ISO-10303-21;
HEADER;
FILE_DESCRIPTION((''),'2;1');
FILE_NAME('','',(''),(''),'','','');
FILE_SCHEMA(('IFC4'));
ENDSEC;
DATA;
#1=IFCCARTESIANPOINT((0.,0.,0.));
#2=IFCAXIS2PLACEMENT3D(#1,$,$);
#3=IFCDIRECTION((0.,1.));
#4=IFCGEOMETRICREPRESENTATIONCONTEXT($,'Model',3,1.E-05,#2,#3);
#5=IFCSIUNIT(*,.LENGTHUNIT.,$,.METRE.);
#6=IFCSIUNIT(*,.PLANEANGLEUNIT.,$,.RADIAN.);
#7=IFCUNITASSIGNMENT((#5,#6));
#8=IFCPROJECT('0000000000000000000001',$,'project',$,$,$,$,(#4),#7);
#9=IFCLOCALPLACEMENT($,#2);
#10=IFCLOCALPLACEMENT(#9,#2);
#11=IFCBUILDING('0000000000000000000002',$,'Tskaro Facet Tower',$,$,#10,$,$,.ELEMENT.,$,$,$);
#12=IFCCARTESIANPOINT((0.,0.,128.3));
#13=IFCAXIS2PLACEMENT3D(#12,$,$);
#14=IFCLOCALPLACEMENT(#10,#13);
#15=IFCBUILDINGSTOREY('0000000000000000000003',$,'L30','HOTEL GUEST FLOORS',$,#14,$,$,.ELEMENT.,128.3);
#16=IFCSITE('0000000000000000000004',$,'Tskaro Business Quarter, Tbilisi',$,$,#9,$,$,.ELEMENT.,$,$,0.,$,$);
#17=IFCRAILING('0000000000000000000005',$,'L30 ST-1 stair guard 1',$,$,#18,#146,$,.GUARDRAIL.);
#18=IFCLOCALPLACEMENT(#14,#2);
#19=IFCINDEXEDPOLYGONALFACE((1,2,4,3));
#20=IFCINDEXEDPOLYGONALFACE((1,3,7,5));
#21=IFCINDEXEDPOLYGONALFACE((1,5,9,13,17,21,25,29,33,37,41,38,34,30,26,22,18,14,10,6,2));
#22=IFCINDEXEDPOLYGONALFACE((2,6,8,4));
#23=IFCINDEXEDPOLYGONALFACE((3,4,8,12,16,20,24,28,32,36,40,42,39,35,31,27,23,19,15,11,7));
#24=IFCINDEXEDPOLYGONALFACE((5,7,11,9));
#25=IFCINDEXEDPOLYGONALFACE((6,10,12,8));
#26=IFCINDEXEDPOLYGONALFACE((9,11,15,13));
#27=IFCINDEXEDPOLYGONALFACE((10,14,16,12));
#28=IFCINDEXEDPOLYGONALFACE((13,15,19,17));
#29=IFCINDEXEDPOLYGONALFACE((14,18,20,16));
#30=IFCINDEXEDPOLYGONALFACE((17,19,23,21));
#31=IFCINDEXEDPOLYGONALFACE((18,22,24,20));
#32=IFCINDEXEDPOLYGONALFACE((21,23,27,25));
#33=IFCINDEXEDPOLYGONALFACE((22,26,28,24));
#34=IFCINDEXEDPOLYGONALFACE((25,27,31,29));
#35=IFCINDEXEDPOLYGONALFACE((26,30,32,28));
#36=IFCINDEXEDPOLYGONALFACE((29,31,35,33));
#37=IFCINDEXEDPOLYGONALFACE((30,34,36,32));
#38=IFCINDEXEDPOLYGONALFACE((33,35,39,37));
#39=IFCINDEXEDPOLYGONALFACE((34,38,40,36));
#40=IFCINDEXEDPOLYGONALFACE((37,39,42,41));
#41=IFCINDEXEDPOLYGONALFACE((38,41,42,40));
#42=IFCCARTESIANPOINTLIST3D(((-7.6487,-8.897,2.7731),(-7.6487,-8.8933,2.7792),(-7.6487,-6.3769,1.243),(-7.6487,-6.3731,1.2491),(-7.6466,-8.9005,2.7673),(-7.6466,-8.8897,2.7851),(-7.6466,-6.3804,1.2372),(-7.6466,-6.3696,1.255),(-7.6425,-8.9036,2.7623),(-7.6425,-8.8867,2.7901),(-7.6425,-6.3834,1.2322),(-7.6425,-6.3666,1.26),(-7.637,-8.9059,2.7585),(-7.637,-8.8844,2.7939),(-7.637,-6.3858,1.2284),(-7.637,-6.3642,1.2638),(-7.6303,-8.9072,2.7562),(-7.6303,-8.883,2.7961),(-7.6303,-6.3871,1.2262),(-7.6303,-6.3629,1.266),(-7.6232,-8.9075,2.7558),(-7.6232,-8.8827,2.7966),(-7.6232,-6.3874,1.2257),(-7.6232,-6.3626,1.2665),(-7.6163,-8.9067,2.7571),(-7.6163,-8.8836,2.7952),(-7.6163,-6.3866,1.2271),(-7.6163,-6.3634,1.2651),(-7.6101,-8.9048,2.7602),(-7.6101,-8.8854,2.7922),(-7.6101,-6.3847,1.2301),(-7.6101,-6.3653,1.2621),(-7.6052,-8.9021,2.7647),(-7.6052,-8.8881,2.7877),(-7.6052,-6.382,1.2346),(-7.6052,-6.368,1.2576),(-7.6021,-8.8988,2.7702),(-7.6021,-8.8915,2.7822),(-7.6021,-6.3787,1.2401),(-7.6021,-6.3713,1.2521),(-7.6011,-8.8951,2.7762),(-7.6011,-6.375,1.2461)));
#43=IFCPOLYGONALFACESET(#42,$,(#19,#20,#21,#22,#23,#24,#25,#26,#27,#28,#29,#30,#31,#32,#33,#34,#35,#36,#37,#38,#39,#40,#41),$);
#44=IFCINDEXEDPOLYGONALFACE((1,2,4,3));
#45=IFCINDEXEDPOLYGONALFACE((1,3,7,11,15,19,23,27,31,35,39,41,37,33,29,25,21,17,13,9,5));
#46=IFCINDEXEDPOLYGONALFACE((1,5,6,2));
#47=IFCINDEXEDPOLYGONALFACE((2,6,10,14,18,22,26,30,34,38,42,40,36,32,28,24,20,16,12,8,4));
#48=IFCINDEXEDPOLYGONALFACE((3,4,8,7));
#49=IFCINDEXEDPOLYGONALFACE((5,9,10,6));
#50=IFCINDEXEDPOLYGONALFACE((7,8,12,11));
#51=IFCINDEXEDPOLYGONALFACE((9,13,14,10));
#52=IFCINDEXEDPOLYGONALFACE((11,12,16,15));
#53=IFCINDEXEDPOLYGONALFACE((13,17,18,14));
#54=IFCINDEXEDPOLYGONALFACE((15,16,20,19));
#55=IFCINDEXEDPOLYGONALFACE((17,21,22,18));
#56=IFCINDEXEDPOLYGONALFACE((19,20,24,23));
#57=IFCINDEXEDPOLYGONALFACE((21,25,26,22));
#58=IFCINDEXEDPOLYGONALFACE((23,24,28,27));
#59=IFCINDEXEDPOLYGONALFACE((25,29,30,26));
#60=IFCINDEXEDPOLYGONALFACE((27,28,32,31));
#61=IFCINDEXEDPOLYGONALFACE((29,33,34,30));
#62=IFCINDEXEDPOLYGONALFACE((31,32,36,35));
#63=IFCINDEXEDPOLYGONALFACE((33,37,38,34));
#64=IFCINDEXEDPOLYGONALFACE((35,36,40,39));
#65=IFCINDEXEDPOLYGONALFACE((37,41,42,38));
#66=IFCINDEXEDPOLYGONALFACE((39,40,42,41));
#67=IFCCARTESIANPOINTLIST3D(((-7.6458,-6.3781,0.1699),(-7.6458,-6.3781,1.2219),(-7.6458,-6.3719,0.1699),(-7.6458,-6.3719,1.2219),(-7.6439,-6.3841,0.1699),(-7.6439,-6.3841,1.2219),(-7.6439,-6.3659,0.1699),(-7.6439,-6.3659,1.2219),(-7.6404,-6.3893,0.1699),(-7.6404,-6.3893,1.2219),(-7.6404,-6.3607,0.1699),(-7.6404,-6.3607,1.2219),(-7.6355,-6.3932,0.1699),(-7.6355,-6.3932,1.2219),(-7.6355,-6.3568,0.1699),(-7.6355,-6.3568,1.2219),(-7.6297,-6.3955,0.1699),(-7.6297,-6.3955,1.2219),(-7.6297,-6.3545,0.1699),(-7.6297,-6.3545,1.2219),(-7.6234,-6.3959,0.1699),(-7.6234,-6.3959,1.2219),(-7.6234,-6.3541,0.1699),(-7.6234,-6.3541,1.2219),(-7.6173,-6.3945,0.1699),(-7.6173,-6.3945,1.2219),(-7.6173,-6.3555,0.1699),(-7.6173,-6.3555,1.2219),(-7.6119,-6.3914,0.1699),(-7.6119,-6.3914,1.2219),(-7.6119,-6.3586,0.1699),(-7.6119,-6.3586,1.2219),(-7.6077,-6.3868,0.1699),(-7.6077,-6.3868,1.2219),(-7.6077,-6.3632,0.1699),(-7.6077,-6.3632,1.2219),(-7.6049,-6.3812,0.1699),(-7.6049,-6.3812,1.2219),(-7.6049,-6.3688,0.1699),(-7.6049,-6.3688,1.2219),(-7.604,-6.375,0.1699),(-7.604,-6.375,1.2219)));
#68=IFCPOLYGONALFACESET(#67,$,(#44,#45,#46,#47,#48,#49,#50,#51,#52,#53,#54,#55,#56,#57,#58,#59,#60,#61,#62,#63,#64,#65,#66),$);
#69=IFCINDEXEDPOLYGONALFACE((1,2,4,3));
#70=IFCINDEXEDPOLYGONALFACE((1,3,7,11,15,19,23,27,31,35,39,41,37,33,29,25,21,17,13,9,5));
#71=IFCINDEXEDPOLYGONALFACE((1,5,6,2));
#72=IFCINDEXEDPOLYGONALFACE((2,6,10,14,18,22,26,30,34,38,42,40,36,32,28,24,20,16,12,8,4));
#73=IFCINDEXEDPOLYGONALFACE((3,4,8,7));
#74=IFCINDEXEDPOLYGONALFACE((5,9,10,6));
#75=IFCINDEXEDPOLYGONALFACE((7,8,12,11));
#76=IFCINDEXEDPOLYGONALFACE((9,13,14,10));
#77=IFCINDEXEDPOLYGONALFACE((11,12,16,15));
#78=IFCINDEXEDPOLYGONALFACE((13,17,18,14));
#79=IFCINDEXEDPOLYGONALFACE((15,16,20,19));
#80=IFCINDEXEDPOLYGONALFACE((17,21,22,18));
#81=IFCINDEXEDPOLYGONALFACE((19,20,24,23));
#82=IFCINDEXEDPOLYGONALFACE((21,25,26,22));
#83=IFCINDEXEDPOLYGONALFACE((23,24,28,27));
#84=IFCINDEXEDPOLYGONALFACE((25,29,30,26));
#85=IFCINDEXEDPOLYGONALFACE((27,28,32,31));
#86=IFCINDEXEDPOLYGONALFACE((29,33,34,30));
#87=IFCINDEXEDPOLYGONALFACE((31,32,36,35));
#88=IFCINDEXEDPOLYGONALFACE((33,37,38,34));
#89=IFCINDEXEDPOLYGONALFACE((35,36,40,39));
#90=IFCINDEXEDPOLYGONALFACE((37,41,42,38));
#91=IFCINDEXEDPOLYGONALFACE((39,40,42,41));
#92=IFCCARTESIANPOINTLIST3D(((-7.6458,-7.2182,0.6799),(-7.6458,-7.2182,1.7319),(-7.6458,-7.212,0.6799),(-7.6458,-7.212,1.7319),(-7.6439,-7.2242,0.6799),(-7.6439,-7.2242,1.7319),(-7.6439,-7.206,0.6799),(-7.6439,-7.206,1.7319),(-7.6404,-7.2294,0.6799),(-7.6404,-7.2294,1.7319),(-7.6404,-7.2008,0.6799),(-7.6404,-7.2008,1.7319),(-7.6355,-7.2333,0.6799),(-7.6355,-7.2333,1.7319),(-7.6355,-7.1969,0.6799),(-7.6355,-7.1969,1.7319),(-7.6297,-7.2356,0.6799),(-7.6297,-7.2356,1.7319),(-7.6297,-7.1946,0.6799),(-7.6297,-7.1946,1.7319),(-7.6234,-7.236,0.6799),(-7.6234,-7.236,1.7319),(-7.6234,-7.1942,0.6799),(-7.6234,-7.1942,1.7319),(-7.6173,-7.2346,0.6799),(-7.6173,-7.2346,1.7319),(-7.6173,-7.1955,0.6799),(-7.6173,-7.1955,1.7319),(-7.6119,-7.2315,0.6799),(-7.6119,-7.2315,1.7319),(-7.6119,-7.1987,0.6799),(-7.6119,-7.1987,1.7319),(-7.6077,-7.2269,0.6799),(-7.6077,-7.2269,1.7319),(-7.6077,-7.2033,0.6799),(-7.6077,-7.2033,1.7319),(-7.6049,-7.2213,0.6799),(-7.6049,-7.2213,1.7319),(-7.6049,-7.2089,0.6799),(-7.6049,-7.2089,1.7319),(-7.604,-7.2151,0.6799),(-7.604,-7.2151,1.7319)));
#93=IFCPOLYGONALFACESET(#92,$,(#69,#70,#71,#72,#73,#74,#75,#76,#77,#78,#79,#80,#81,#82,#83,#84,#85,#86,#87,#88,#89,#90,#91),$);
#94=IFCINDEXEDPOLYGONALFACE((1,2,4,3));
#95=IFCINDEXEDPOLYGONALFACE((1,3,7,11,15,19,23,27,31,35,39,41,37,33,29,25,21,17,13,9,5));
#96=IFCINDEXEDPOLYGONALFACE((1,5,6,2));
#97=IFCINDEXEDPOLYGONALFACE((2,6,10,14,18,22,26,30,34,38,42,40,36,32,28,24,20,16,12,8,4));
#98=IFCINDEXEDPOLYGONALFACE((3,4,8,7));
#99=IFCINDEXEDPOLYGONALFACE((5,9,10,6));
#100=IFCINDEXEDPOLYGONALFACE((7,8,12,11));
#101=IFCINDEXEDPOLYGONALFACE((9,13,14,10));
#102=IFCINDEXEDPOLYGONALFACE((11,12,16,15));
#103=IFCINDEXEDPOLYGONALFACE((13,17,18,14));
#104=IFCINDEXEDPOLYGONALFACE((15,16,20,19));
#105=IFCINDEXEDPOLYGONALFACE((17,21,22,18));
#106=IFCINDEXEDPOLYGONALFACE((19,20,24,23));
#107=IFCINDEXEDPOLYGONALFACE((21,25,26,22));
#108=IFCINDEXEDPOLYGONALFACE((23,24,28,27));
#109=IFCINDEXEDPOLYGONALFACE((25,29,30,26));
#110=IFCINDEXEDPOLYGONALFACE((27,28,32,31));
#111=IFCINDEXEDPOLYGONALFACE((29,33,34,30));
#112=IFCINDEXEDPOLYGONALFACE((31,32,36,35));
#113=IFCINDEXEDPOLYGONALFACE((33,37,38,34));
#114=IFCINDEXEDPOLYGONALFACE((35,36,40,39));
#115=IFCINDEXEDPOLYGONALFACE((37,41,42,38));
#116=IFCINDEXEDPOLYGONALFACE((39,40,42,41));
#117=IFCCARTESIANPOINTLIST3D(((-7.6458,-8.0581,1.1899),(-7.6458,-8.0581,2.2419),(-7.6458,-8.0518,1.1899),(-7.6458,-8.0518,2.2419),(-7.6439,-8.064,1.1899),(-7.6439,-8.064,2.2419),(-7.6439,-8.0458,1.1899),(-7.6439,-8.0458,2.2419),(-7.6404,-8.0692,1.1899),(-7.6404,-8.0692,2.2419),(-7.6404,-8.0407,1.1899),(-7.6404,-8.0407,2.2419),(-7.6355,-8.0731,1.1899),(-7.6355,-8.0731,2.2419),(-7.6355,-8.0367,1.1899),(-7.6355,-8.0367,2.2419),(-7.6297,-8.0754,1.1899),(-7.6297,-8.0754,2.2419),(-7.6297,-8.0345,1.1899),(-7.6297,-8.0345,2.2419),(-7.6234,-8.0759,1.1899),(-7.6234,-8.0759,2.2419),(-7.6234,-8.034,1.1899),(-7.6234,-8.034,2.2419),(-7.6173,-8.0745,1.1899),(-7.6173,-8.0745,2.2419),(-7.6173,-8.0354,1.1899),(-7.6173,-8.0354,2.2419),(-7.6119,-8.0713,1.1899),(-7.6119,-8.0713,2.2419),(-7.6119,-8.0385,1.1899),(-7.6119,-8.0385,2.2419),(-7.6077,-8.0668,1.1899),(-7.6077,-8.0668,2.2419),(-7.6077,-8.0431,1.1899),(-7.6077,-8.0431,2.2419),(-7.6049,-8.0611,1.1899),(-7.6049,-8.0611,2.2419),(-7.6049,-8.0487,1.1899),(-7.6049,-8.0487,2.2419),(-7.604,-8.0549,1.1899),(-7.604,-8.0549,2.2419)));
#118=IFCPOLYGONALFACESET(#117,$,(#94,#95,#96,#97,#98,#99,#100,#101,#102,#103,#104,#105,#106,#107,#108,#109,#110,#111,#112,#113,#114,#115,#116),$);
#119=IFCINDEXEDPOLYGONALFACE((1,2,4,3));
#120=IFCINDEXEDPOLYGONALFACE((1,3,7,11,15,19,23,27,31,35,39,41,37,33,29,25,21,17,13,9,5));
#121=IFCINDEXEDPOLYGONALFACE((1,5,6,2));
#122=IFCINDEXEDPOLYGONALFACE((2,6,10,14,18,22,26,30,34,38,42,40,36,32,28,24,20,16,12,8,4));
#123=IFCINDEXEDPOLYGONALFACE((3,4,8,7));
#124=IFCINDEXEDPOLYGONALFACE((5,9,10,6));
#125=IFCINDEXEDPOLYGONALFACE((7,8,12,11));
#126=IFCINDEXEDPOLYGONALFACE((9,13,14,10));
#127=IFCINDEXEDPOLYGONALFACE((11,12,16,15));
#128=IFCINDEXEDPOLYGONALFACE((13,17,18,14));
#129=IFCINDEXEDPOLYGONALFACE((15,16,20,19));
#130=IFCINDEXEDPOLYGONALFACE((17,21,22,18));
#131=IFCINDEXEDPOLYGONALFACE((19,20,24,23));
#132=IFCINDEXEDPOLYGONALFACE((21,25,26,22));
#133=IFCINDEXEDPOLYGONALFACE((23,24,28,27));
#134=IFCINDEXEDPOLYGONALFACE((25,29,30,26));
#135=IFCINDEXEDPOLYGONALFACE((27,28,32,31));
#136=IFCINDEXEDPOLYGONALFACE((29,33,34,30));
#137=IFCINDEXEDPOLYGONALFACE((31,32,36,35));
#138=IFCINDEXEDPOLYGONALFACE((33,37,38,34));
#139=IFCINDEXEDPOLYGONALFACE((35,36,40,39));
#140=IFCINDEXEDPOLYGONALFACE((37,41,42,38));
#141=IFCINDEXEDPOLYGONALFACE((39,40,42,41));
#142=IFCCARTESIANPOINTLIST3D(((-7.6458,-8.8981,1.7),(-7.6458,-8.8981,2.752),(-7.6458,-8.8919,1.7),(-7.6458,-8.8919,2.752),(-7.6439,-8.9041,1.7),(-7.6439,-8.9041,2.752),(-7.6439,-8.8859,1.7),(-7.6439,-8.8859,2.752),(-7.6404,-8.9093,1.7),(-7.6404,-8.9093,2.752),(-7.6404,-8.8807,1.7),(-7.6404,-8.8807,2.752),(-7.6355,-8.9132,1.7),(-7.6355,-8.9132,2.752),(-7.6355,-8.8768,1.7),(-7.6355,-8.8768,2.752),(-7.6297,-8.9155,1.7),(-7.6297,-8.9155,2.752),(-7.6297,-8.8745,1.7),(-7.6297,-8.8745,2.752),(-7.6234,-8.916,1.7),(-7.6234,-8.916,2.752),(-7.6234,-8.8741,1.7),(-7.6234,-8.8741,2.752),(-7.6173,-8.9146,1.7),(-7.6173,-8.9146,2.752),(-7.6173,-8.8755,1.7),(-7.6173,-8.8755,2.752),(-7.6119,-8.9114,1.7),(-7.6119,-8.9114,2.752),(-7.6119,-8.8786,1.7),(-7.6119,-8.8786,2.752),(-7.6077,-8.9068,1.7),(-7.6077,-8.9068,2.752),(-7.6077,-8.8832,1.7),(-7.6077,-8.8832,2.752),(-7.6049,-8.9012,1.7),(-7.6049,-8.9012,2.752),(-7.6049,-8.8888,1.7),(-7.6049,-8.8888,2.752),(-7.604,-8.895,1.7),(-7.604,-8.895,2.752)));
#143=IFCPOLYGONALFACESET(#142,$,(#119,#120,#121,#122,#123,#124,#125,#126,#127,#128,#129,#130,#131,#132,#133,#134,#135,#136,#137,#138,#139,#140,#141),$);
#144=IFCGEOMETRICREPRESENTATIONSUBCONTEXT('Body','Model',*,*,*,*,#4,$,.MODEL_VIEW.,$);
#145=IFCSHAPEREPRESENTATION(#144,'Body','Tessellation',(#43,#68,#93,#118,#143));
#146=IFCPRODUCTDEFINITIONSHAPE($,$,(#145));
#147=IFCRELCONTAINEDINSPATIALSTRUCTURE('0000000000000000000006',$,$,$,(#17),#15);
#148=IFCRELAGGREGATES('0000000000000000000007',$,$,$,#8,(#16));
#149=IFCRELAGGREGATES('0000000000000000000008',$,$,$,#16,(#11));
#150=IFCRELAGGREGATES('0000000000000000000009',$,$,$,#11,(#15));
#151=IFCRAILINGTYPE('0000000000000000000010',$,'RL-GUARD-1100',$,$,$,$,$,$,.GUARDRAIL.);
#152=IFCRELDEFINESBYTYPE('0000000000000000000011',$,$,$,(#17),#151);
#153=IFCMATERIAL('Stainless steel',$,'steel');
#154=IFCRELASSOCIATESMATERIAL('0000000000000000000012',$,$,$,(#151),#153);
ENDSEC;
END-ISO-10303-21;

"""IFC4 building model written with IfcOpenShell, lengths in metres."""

from ifc_helpers import new_model, si_unit, direction, frame, origin, origin_2d, place, context, subcontext, project, spatial, circle, extrude, material, type_object, element, save


model = new_model("IFC4")

# Units and contexts
model_context = context("Model", 3, precision=1e-05, world=origin(), true_north=direction((0.0, 1.0)))
body_context = subcontext(model_context, "Body", "Model", "MODEL_VIEW")
ifc_project = project(units=[si_unit("LENGTHUNIT", "METRE"), si_unit("PLANEANGLEUNIT", "RADIAN")], contexts=[model_context])

# Site, building, storey
site_placement = place(None, origin())
site = spatial("IfcSite", under=ifc_project, at=site_placement, Name="Tskaro Business Quarter, Tbilisi", CompositionType="ELEMENT", RefElevation=0.0)
building_placement = place(site_placement, origin())
building = spatial("IfcBuilding", under=site, at=building_placement, Name="Tskaro Facet Tower", CompositionType="ELEMENT")
storey_placement = place(building_placement, frame((0.0, 0.0, 128.3)))
storey = spatial("IfcBuildingStorey", under=building, at=storey_placement, Name="L30", Description="HOTEL GUEST FLOORS", CompositionType="ELEMENT", Elevation=128.3)

# Shared definitions
ifc_material_1 = material(Name="Stainless steel", Category="steel")

# Railing
railing_type_1 = type_object("IfcRailingType", Name="RL-GUARD-1100", PredefinedType="GUARDRAIL", material=ifc_material_1)
railing_1_placement = place(storey_placement, frame((-7.625, -6.375, 0.1699)))
element("IfcRailing", 1, at=railing_1_placement, inside=storey, type_object=railing_type_1, Name="L30 ST-1 stair guard 1", PredefinedType="GUARDRAIL", context=body_context, shape_type="SweptSolid", body=[
    extrude(circle(Radius=0.0239, at=origin_2d()), frame((0.0, 0.0, 1.0762), z_axis=(0.0, -0.854785, 0.518982), x_axis=(1.0, 0.0, 0.0)), (0.0, 0.0, 1.0), 2.9482),
    extrude(circle(Radius=0.021, at=origin_2d()), origin(), (0.0, 0.0, 1.0), 1.052),
    extrude(circle(Radius=0.021, at=origin_2d()), frame((0.0, -0.8401, 0.51)), (0.0, 0.0, 1.0), 1.052),
    extrude(circle(Radius=0.021, at=origin_2d()), frame((0.0, -1.6799, 1.02)), (0.0, 0.0, 1.0), 1.052),
    extrude(circle(Radius=0.021, at=origin_2d()), frame((0.0, -2.52, 1.53)), (0.0, 0.0, 1.0), 1.052),
])

save(model, "model.ifc")
